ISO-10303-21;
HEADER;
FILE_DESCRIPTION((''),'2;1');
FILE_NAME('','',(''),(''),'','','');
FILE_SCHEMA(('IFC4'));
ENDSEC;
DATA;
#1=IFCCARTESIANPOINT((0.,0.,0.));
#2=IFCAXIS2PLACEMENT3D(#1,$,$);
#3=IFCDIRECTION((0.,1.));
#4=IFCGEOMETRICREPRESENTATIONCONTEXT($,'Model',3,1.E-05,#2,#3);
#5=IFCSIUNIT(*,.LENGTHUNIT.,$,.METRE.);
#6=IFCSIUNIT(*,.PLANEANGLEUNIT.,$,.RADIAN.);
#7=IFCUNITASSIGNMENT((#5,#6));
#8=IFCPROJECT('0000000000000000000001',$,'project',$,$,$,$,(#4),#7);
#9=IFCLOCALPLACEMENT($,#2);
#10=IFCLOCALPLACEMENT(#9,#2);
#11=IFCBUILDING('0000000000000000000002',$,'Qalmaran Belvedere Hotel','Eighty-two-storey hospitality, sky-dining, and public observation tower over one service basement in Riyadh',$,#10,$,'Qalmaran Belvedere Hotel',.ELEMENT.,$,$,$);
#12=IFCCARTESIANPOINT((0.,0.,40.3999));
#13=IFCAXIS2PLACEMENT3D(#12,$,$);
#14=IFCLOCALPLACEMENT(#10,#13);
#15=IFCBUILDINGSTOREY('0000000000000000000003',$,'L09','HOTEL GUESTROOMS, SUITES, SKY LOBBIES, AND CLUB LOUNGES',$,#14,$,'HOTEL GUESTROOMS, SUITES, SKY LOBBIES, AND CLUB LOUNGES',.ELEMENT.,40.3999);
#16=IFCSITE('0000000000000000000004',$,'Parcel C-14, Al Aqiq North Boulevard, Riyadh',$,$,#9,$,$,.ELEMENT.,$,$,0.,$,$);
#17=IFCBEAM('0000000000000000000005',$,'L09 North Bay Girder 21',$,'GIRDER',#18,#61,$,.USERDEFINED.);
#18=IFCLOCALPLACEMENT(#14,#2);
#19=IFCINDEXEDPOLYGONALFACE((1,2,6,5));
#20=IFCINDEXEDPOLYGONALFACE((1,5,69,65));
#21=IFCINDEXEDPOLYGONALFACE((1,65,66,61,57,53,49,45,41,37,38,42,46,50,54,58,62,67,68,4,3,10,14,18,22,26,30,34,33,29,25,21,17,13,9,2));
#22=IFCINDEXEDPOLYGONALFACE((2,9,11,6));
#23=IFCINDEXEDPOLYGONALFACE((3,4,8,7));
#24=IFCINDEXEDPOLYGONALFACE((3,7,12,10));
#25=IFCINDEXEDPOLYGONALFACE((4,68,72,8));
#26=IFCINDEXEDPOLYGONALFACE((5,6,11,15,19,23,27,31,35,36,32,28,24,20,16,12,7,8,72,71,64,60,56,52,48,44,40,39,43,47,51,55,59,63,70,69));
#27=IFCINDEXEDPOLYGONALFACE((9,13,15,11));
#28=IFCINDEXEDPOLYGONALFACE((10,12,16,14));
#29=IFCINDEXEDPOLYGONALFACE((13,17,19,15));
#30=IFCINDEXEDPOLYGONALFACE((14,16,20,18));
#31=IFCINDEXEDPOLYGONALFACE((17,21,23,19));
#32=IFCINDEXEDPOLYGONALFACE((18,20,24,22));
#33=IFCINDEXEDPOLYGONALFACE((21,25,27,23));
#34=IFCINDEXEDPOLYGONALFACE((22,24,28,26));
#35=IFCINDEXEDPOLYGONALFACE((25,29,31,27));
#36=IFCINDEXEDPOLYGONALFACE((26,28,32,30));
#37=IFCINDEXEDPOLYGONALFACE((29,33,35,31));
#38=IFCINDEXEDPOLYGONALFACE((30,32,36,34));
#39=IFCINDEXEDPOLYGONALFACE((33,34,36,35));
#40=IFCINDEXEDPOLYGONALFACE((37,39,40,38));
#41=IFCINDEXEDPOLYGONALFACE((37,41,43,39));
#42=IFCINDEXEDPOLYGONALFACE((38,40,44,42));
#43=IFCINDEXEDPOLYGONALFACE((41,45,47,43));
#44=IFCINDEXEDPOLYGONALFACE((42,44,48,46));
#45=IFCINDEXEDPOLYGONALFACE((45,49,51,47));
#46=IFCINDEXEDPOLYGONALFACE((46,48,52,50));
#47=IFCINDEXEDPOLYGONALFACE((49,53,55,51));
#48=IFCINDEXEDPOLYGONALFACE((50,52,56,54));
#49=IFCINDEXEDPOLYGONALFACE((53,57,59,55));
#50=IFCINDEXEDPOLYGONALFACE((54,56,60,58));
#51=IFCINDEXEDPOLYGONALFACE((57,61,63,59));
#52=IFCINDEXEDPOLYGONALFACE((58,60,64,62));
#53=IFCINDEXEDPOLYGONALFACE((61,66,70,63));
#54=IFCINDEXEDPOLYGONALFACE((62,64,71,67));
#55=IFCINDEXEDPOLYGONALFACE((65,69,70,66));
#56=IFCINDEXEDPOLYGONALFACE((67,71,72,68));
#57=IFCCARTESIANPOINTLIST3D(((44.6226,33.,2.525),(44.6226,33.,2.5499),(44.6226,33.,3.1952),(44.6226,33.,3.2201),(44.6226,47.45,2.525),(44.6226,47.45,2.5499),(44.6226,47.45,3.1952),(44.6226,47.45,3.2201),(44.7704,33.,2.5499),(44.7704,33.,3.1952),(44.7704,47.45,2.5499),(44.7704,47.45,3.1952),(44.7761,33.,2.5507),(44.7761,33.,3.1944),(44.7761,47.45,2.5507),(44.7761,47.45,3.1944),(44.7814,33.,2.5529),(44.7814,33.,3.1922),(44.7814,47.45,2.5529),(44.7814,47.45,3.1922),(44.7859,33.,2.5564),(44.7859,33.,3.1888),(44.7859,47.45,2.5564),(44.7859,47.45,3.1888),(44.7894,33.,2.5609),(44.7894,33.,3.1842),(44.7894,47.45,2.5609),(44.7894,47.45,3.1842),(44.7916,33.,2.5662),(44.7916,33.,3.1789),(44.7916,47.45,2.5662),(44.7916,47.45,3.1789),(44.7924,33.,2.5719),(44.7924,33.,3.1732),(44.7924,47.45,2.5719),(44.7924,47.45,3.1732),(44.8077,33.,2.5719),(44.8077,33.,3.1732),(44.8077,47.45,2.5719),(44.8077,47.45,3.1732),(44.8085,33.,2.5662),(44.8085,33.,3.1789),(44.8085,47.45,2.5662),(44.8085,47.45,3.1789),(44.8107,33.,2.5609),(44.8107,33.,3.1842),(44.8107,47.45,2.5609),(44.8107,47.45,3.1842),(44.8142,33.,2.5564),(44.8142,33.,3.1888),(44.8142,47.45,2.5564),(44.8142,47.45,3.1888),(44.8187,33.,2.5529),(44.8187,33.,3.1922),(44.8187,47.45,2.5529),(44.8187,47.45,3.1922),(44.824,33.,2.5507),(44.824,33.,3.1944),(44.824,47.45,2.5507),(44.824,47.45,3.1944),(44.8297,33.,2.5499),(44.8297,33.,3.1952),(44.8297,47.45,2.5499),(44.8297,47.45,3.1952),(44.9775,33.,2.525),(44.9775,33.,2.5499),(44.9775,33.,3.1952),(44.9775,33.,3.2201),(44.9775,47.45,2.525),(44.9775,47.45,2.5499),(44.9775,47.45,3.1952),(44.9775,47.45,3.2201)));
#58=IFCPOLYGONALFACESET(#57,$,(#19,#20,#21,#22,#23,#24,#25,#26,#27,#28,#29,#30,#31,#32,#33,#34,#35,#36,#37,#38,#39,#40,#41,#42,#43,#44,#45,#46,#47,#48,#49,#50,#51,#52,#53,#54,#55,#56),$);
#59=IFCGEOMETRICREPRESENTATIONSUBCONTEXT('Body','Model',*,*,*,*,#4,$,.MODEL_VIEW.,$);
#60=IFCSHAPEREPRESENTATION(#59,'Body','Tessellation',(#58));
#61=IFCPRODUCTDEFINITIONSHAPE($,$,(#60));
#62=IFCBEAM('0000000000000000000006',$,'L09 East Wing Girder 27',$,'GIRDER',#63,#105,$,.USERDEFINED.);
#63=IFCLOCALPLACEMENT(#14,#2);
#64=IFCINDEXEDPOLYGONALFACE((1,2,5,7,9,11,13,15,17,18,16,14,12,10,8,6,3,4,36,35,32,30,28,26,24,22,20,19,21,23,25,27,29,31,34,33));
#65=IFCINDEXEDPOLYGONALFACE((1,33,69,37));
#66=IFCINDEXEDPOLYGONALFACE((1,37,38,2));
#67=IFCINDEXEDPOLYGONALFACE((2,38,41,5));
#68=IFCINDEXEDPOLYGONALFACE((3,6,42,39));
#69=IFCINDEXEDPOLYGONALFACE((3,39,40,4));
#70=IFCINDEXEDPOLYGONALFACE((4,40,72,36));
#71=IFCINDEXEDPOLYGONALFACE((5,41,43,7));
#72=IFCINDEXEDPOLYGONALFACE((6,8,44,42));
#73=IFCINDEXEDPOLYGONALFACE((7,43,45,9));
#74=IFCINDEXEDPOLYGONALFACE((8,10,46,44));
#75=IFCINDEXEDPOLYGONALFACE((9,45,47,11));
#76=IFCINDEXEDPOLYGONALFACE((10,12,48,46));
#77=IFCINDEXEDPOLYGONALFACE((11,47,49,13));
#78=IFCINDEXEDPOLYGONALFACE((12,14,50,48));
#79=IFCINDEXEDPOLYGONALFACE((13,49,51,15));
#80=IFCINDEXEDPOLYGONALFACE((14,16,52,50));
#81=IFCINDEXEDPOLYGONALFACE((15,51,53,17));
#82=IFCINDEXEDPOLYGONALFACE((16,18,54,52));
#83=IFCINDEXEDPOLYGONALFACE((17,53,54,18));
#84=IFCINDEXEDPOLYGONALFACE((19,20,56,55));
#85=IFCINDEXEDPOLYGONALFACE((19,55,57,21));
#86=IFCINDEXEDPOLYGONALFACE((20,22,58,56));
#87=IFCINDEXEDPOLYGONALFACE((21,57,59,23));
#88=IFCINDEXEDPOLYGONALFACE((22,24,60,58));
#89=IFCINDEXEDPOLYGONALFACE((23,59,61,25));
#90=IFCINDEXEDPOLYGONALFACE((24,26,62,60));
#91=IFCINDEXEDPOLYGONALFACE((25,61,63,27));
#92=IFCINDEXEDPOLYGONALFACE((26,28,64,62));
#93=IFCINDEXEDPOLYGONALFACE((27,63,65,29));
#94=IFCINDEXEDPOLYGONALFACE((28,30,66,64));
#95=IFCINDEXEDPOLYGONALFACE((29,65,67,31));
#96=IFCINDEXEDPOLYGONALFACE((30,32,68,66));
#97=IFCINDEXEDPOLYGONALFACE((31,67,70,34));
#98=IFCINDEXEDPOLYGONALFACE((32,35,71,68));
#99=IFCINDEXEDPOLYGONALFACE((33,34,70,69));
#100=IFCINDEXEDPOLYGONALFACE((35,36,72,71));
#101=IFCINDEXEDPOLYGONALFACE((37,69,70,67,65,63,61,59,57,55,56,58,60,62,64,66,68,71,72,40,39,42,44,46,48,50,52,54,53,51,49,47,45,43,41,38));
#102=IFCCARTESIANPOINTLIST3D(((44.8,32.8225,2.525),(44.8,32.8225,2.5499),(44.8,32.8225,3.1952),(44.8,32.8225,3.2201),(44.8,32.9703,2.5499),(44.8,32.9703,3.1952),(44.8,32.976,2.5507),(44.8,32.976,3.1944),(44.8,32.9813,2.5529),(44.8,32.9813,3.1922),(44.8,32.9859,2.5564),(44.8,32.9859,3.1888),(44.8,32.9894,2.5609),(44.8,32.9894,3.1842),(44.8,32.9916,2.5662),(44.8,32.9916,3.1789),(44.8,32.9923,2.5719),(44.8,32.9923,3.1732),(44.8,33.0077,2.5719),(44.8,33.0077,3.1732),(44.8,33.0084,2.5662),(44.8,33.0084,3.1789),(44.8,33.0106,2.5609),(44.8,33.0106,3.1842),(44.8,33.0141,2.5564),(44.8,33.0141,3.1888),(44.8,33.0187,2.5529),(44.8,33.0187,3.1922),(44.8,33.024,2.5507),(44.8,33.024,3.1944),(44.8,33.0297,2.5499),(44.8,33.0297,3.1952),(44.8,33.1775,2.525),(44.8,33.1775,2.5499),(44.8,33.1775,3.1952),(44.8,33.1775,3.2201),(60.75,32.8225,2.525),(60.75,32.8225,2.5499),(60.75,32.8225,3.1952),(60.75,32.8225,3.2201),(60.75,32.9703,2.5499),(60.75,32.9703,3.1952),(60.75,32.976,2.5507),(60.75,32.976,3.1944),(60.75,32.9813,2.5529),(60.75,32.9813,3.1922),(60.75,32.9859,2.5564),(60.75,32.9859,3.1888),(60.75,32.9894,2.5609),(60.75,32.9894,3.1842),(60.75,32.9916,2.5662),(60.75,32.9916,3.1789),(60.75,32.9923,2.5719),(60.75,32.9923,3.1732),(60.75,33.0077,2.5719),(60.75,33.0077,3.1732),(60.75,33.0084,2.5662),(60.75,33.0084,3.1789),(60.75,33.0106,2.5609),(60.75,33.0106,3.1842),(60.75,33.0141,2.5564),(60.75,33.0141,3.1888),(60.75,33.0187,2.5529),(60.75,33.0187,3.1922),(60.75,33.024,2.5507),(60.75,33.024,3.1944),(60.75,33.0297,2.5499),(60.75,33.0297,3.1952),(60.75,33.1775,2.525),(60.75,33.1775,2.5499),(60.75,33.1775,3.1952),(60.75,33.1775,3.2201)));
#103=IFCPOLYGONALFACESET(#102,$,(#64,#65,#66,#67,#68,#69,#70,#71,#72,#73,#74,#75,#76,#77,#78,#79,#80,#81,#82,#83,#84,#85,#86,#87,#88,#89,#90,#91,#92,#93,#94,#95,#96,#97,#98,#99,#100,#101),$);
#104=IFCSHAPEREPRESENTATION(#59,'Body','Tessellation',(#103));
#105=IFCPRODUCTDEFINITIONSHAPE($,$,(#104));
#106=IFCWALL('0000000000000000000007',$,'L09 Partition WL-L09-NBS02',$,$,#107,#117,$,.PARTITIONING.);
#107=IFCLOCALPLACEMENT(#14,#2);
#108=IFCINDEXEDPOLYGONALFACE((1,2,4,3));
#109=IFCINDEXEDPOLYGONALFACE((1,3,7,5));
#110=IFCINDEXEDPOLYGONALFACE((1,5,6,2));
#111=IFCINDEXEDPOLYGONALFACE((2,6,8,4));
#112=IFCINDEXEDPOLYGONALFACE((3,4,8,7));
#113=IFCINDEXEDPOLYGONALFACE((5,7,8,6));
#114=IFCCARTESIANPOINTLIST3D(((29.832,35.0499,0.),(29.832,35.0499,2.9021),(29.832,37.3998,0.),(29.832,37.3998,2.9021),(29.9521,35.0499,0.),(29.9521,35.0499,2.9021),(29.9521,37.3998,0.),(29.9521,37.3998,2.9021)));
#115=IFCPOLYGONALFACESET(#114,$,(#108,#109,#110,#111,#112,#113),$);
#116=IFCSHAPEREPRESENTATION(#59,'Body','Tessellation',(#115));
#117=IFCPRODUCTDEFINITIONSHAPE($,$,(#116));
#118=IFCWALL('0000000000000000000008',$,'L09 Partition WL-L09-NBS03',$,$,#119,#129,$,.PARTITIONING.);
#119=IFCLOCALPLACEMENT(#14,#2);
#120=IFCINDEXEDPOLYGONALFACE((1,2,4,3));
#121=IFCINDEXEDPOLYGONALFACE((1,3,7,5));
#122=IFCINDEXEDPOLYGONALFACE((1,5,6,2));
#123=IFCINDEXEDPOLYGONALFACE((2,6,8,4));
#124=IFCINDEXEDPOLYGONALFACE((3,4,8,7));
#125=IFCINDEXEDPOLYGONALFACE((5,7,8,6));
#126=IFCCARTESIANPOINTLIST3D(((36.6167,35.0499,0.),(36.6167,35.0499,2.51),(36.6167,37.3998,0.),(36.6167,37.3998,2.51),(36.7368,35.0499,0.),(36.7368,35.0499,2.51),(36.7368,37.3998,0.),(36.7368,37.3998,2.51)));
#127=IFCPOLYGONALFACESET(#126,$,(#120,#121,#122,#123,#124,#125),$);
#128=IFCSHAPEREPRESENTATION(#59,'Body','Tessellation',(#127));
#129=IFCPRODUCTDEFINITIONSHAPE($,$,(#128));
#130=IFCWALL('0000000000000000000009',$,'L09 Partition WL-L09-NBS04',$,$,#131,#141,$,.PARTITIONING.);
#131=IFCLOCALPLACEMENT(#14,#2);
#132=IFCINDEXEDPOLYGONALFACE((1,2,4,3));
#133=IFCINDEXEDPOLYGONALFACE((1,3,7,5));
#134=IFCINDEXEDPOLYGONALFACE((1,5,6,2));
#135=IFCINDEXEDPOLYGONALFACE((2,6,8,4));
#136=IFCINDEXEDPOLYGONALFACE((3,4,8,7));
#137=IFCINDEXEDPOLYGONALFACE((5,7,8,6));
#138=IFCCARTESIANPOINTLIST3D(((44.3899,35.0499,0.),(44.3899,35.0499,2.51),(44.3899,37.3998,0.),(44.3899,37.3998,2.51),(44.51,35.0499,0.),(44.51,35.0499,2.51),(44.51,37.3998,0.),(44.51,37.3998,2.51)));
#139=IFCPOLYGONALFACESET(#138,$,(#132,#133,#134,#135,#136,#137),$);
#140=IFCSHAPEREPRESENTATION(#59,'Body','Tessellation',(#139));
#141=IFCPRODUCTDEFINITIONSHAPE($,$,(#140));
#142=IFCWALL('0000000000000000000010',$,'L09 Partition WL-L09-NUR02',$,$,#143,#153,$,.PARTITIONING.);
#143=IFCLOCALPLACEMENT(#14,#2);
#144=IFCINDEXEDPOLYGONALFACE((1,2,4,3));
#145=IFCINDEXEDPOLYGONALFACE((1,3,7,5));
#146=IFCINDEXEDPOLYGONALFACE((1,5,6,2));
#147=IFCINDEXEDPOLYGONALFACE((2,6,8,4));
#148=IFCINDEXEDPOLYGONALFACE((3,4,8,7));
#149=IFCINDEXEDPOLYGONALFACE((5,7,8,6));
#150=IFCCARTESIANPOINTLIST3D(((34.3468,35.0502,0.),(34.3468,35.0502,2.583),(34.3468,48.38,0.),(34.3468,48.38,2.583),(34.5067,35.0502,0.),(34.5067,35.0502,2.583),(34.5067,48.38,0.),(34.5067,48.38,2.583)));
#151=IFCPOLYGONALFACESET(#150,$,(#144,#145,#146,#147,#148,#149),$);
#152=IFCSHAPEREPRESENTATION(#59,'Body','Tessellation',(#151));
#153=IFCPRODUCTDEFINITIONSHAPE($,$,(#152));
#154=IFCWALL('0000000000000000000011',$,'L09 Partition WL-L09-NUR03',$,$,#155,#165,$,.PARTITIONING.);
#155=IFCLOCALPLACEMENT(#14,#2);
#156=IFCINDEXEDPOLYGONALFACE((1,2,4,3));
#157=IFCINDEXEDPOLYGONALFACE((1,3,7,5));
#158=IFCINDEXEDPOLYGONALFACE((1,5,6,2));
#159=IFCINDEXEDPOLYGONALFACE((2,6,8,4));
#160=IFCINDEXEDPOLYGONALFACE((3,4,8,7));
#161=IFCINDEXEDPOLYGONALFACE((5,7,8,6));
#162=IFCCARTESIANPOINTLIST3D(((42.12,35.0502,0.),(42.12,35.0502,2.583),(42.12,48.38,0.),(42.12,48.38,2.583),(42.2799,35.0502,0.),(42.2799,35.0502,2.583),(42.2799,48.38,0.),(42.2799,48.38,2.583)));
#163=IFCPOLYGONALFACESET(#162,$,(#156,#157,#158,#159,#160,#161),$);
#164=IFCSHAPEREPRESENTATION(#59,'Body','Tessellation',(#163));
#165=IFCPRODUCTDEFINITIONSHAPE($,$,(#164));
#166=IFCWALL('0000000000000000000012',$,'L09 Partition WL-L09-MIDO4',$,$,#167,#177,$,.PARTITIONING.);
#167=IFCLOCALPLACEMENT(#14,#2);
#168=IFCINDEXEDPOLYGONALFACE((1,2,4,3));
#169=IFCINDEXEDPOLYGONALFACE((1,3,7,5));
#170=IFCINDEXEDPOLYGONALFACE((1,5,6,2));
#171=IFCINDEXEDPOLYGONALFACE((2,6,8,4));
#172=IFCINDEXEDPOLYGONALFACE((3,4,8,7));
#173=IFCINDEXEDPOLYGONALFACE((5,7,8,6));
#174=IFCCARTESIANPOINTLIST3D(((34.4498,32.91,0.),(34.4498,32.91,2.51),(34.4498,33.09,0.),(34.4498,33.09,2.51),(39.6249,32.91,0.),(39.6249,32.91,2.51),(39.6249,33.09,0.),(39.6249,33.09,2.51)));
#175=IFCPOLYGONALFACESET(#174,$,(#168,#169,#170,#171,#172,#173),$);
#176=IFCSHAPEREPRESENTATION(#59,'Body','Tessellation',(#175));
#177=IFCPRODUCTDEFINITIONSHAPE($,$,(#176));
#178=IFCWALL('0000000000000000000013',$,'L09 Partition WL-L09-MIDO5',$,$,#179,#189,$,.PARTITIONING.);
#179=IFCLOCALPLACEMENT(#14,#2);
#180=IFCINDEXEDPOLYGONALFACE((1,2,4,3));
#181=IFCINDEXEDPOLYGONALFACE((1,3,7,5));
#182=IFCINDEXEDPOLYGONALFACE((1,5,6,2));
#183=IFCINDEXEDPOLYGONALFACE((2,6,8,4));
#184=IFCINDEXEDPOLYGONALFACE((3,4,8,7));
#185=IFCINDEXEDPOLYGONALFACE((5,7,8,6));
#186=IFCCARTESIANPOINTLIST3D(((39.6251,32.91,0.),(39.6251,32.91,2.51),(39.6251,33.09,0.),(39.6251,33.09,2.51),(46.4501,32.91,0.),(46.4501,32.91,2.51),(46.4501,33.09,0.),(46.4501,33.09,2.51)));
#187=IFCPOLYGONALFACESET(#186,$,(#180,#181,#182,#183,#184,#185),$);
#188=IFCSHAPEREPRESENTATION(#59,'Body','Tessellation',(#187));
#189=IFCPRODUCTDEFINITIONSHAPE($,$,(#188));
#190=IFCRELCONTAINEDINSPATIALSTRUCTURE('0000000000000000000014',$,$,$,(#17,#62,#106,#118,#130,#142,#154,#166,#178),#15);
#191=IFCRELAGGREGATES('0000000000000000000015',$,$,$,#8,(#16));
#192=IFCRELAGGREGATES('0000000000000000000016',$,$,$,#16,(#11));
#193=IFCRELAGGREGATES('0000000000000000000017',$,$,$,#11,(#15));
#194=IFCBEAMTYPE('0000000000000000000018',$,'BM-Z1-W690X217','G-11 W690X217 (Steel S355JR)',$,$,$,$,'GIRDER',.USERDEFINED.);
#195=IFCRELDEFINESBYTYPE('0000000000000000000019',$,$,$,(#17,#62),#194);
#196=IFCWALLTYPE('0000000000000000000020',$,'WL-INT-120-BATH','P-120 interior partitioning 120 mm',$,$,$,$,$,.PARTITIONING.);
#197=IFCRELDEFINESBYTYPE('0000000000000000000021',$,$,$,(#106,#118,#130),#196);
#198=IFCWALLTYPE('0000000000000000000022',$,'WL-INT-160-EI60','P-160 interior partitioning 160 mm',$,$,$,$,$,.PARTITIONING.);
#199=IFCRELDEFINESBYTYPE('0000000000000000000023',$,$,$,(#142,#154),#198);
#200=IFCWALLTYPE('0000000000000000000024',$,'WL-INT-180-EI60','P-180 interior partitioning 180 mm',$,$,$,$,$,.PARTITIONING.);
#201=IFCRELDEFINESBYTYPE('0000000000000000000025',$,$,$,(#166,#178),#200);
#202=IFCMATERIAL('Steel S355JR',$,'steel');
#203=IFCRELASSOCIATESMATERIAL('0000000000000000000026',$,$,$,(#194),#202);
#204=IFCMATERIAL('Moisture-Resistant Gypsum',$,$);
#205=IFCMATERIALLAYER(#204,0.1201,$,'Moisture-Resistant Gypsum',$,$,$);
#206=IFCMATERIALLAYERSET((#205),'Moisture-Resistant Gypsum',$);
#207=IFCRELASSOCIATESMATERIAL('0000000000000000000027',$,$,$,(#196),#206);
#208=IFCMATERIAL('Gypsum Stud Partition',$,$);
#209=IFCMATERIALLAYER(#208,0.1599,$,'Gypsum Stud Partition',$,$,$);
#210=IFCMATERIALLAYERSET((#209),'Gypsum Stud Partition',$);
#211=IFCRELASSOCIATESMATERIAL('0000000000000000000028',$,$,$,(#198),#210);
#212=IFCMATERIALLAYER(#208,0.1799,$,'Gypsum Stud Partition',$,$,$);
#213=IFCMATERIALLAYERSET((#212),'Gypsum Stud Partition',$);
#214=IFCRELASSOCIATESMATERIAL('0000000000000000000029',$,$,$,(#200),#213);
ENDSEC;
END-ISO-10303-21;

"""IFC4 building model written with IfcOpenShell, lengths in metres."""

from ifc_helpers import new_model, si_unit, direction, frame, frame_2d, origin, origin_2d, place, context, subcontext, project, spatial, rectangle, i_section, extrude, material, layer, layer_set, material_profile, profile_set, type_object, element, save


model = new_model("IFC4")

# Units and contexts
model_context = context("Model", 3, precision=1e-05, world=origin(), true_north=direction((0.0, 1.0)))
body_context = subcontext(model_context, "Body", "Model", "MODEL_VIEW")
ifc_project = project(units=[si_unit("LENGTHUNIT", "METRE"), si_unit("PLANEANGLEUNIT", "RADIAN")], contexts=[model_context])

# Site, building, storey
site_placement = place(None, origin())
site = spatial("IfcSite", under=ifc_project, at=site_placement, Name="Parcel C-14, Al Aqiq North Boulevard, Riyadh", CompositionType="ELEMENT", RefElevation=0.0)
building_placement = place(site_placement, origin())
building = spatial("IfcBuilding", under=site, at=building_placement, Name="Qalmaran Belvedere Hotel", Description="Eighty-two-storey hospitality, sky-dining, and public observation tower over one service basement in Riyadh", LongName="Qalmaran Belvedere Hotel", CompositionType="ELEMENT")
storey_placement = place(building_placement, frame((0.0, 0.0, 40.3999)))
storey = spatial("IfcBuildingStorey", under=building, at=storey_placement, Name="L09", Description="HOTEL GUESTROOMS, SUITES, SKY LOBBIES, AND CLUB LOUNGES", LongName="HOTEL GUESTROOMS, SUITES, SKY LOBBIES, AND CLUB LOUNGES", CompositionType="ELEMENT", Elevation=40.3999)

# Beams
ifc_material_1 = material(Name="Steel S355JR", Category="steel")
ifc_material_profile_1 = material_profile(ifc_material_1, i_section(OverallWidth=0.355, OverallDepth=0.6951, WebThickness=0.0154, FlangeThickness=0.0249, FilletRadius=0.022, at=origin_2d()), Name="W690X217")
ifc_profile_set_1 = profile_set([ifc_material_profile_1], Name="Steel S355JR")
beam_type_1 = type_object("IfcBeamType", Name="BM-Z1-W690X217", Description="G-11 W690X217 (Steel S355JR)", ElementType="GIRDER", PredefinedType="USERDEFINED", material=ifc_profile_set_1)
for number, where, z_axis, x_axis, name in (
    (1, (44.8, 33.0, 2.8726), (0.0, 1.0, 0.0), (-1.0, 0.0, 0.0), "L09 North Bay Girder 21"),
):
    element("IfcBeam", number, at=place(storey_placement, frame(where, z_axis=z_axis, x_axis=x_axis)), inside=storey, type_object=beam_type_1, Name=name, ObjectType="GIRDER", PredefinedType="USERDEFINED", context=body_context, shape_type="SweptSolid", body=[
        extrude(i_section(OverallWidth=0.355, OverallDepth=0.6951, WebThickness=0.0154, FlangeThickness=0.0249, FilletRadius=0.022, at=origin_2d()), origin(), (0.0, 0.0, 1.0), 14.45),
    ])
beam_1_placement = place(storey_placement, frame((44.8, 33.0, 2.8726), z_axis=(1.0, 0.0, 0.0), x_axis=(0.0, 1.0, 0.0)))
element("IfcBeam", 2, at=beam_1_placement, inside=storey, type_object=beam_type_1, Name="L09 East Wing Girder 27", ObjectType="GIRDER", PredefinedType="USERDEFINED", context=body_context, shape_type="SweptSolid", body=[
    extrude(i_section(OverallWidth=0.355, OverallDepth=0.6951, WebThickness=0.0154, FlangeThickness=0.0249, FilletRadius=0.022, at=origin_2d()), origin(), (0.0, 0.0, 1.0), 15.95),
])

# Walls
ifc_material_2 = material(Name="Moisture-Resistant Gypsum")
ifc_layer_1 = layer(ifc_material_2, 0.1201, Name="Moisture-Resistant Gypsum")
ifc_layer_set_1 = layer_set([ifc_layer_1], Name="Moisture-Resistant Gypsum")
wall_type_1 = type_object("IfcWallType", Name="WL-INT-120-BATH", Description="P-120 interior partitioning 120 mm", PredefinedType="PARTITIONING", material=ifc_layer_set_1)
wall_1_placement = place(storey_placement, frame((29.8921, 35.05, 0.0), z_axis=(0.0, 0.0, 1.0), x_axis=(0.0, 1.0, 0.0)))
element("IfcWall", 3, at=wall_1_placement, inside=storey, type_object=wall_type_1, Name="L09 Partition WL-L09-NBS02", PredefinedType="PARTITIONING", context=body_context, shape_type="SweptSolid", body=[
    extrude(rectangle(XDim=2.3499, YDim=0.1201, at=frame_2d((1.1748, 0.0))), origin(), (0.0, 0.0, 1.0), 2.9021),
])
for number, where, z_axis, x_axis, name in (
    (4, (36.6768, 35.05, 0.0), (0.0, 0.0, 1.0), (0.0, 1.0, 0.0), "L09 Partition WL-L09-NBS03"),
    (5, (44.45, 35.05, 0.0), (0.0, 0.0, 1.0), (0.0, 1.0, 0.0), "L09 Partition WL-L09-NBS04"),
):
    element("IfcWall", number, at=place(storey_placement, frame(where, z_axis=z_axis, x_axis=x_axis)), inside=storey, type_object=wall_type_1, Name=name, PredefinedType="PARTITIONING", context=body_context, shape_type="SweptSolid", body=[
        extrude(rectangle(XDim=2.3499, YDim=0.1201, at=frame_2d((1.1748, 0.0))), origin(), (0.0, 0.0, 1.0), 2.51),
    ])

# Shared definitions
ifc_material_3 = material(Name="Gypsum Stud Partition")

# Walls
ifc_layer_2 = layer(ifc_material_3, 0.1599, Name="Gypsum Stud Partition")
ifc_layer_set_2 = layer_set([ifc_layer_2], Name="Gypsum Stud Partition")
wall_type_2 = type_object("IfcWallType", Name="WL-INT-160-EI60", Description="P-160 interior partitioning 160 mm", PredefinedType="PARTITIONING", material=ifc_layer_set_2)
for number, where, z_axis, x_axis, name in (
    (6, (34.4268, 35.05, 0.0), (0.0, 0.0, 1.0), (0.0, 1.0, 0.0), "L09 Partition WL-L09-NUR02"),
    (7, (42.2, 35.05, 0.0), (0.0, 0.0, 1.0), (0.0, 1.0, 0.0), "L09 Partition WL-L09-NUR03"),
):
    element("IfcWall", number, at=place(storey_placement, frame(where, z_axis=z_axis, x_axis=x_axis)), inside=storey, type_object=wall_type_2, Name=name, PredefinedType="PARTITIONING", context=body_context, shape_type="SweptSolid", body=[
        extrude(rectangle(XDim=13.3298, YDim=0.1599, at=frame_2d((6.665, 0.0))), origin(), (0.0, 0.0, 1.0), 2.583),
    ])
ifc_layer_3 = layer(ifc_material_3, 0.1799, Name="Gypsum Stud Partition")
ifc_layer_set_3 = layer_set([ifc_layer_3], Name="Gypsum Stud Partition")
wall_type_3 = type_object("IfcWallType", Name="WL-INT-180-EI60", Description="P-180 interior partitioning 180 mm", PredefinedType="PARTITIONING", material=ifc_layer_set_3)
wall_2_placement = place(storey_placement, frame((34.45, 33.0, 0.0), z_axis=(0.0, 0.0, 1.0), x_axis=(1.0, 0.0, 0.0)))
element("IfcWall", 8, at=wall_2_placement, inside=storey, type_object=wall_type_3, Name="L09 Partition WL-L09-MIDO4", PredefinedType="PARTITIONING", context=body_context, shape_type="SweptSolid", body=[
    extrude(rectangle(XDim=5.175, YDim=0.1799, at=frame_2d((2.5874, 0.0))), origin(), (0.0, 0.0, 1.0), 2.51),
])
wall_3_placement = place(storey_placement, frame((39.625, 33.0, 0.0), z_axis=(0.0, 0.0, 1.0), x_axis=(1.0, 0.0, 0.0)))
element("IfcWall", 9, at=wall_3_placement, inside=storey, type_object=wall_type_3, Name="L09 Partition WL-L09-MIDO5", PredefinedType="PARTITIONING", context=body_context, shape_type="SweptSolid", body=[
    extrude(rectangle(XDim=6.825, YDim=0.1799, at=frame_2d((3.4126, 0.0))), origin(), (0.0, 0.0, 1.0), 2.51),
])

save(model, "model.ifc")
